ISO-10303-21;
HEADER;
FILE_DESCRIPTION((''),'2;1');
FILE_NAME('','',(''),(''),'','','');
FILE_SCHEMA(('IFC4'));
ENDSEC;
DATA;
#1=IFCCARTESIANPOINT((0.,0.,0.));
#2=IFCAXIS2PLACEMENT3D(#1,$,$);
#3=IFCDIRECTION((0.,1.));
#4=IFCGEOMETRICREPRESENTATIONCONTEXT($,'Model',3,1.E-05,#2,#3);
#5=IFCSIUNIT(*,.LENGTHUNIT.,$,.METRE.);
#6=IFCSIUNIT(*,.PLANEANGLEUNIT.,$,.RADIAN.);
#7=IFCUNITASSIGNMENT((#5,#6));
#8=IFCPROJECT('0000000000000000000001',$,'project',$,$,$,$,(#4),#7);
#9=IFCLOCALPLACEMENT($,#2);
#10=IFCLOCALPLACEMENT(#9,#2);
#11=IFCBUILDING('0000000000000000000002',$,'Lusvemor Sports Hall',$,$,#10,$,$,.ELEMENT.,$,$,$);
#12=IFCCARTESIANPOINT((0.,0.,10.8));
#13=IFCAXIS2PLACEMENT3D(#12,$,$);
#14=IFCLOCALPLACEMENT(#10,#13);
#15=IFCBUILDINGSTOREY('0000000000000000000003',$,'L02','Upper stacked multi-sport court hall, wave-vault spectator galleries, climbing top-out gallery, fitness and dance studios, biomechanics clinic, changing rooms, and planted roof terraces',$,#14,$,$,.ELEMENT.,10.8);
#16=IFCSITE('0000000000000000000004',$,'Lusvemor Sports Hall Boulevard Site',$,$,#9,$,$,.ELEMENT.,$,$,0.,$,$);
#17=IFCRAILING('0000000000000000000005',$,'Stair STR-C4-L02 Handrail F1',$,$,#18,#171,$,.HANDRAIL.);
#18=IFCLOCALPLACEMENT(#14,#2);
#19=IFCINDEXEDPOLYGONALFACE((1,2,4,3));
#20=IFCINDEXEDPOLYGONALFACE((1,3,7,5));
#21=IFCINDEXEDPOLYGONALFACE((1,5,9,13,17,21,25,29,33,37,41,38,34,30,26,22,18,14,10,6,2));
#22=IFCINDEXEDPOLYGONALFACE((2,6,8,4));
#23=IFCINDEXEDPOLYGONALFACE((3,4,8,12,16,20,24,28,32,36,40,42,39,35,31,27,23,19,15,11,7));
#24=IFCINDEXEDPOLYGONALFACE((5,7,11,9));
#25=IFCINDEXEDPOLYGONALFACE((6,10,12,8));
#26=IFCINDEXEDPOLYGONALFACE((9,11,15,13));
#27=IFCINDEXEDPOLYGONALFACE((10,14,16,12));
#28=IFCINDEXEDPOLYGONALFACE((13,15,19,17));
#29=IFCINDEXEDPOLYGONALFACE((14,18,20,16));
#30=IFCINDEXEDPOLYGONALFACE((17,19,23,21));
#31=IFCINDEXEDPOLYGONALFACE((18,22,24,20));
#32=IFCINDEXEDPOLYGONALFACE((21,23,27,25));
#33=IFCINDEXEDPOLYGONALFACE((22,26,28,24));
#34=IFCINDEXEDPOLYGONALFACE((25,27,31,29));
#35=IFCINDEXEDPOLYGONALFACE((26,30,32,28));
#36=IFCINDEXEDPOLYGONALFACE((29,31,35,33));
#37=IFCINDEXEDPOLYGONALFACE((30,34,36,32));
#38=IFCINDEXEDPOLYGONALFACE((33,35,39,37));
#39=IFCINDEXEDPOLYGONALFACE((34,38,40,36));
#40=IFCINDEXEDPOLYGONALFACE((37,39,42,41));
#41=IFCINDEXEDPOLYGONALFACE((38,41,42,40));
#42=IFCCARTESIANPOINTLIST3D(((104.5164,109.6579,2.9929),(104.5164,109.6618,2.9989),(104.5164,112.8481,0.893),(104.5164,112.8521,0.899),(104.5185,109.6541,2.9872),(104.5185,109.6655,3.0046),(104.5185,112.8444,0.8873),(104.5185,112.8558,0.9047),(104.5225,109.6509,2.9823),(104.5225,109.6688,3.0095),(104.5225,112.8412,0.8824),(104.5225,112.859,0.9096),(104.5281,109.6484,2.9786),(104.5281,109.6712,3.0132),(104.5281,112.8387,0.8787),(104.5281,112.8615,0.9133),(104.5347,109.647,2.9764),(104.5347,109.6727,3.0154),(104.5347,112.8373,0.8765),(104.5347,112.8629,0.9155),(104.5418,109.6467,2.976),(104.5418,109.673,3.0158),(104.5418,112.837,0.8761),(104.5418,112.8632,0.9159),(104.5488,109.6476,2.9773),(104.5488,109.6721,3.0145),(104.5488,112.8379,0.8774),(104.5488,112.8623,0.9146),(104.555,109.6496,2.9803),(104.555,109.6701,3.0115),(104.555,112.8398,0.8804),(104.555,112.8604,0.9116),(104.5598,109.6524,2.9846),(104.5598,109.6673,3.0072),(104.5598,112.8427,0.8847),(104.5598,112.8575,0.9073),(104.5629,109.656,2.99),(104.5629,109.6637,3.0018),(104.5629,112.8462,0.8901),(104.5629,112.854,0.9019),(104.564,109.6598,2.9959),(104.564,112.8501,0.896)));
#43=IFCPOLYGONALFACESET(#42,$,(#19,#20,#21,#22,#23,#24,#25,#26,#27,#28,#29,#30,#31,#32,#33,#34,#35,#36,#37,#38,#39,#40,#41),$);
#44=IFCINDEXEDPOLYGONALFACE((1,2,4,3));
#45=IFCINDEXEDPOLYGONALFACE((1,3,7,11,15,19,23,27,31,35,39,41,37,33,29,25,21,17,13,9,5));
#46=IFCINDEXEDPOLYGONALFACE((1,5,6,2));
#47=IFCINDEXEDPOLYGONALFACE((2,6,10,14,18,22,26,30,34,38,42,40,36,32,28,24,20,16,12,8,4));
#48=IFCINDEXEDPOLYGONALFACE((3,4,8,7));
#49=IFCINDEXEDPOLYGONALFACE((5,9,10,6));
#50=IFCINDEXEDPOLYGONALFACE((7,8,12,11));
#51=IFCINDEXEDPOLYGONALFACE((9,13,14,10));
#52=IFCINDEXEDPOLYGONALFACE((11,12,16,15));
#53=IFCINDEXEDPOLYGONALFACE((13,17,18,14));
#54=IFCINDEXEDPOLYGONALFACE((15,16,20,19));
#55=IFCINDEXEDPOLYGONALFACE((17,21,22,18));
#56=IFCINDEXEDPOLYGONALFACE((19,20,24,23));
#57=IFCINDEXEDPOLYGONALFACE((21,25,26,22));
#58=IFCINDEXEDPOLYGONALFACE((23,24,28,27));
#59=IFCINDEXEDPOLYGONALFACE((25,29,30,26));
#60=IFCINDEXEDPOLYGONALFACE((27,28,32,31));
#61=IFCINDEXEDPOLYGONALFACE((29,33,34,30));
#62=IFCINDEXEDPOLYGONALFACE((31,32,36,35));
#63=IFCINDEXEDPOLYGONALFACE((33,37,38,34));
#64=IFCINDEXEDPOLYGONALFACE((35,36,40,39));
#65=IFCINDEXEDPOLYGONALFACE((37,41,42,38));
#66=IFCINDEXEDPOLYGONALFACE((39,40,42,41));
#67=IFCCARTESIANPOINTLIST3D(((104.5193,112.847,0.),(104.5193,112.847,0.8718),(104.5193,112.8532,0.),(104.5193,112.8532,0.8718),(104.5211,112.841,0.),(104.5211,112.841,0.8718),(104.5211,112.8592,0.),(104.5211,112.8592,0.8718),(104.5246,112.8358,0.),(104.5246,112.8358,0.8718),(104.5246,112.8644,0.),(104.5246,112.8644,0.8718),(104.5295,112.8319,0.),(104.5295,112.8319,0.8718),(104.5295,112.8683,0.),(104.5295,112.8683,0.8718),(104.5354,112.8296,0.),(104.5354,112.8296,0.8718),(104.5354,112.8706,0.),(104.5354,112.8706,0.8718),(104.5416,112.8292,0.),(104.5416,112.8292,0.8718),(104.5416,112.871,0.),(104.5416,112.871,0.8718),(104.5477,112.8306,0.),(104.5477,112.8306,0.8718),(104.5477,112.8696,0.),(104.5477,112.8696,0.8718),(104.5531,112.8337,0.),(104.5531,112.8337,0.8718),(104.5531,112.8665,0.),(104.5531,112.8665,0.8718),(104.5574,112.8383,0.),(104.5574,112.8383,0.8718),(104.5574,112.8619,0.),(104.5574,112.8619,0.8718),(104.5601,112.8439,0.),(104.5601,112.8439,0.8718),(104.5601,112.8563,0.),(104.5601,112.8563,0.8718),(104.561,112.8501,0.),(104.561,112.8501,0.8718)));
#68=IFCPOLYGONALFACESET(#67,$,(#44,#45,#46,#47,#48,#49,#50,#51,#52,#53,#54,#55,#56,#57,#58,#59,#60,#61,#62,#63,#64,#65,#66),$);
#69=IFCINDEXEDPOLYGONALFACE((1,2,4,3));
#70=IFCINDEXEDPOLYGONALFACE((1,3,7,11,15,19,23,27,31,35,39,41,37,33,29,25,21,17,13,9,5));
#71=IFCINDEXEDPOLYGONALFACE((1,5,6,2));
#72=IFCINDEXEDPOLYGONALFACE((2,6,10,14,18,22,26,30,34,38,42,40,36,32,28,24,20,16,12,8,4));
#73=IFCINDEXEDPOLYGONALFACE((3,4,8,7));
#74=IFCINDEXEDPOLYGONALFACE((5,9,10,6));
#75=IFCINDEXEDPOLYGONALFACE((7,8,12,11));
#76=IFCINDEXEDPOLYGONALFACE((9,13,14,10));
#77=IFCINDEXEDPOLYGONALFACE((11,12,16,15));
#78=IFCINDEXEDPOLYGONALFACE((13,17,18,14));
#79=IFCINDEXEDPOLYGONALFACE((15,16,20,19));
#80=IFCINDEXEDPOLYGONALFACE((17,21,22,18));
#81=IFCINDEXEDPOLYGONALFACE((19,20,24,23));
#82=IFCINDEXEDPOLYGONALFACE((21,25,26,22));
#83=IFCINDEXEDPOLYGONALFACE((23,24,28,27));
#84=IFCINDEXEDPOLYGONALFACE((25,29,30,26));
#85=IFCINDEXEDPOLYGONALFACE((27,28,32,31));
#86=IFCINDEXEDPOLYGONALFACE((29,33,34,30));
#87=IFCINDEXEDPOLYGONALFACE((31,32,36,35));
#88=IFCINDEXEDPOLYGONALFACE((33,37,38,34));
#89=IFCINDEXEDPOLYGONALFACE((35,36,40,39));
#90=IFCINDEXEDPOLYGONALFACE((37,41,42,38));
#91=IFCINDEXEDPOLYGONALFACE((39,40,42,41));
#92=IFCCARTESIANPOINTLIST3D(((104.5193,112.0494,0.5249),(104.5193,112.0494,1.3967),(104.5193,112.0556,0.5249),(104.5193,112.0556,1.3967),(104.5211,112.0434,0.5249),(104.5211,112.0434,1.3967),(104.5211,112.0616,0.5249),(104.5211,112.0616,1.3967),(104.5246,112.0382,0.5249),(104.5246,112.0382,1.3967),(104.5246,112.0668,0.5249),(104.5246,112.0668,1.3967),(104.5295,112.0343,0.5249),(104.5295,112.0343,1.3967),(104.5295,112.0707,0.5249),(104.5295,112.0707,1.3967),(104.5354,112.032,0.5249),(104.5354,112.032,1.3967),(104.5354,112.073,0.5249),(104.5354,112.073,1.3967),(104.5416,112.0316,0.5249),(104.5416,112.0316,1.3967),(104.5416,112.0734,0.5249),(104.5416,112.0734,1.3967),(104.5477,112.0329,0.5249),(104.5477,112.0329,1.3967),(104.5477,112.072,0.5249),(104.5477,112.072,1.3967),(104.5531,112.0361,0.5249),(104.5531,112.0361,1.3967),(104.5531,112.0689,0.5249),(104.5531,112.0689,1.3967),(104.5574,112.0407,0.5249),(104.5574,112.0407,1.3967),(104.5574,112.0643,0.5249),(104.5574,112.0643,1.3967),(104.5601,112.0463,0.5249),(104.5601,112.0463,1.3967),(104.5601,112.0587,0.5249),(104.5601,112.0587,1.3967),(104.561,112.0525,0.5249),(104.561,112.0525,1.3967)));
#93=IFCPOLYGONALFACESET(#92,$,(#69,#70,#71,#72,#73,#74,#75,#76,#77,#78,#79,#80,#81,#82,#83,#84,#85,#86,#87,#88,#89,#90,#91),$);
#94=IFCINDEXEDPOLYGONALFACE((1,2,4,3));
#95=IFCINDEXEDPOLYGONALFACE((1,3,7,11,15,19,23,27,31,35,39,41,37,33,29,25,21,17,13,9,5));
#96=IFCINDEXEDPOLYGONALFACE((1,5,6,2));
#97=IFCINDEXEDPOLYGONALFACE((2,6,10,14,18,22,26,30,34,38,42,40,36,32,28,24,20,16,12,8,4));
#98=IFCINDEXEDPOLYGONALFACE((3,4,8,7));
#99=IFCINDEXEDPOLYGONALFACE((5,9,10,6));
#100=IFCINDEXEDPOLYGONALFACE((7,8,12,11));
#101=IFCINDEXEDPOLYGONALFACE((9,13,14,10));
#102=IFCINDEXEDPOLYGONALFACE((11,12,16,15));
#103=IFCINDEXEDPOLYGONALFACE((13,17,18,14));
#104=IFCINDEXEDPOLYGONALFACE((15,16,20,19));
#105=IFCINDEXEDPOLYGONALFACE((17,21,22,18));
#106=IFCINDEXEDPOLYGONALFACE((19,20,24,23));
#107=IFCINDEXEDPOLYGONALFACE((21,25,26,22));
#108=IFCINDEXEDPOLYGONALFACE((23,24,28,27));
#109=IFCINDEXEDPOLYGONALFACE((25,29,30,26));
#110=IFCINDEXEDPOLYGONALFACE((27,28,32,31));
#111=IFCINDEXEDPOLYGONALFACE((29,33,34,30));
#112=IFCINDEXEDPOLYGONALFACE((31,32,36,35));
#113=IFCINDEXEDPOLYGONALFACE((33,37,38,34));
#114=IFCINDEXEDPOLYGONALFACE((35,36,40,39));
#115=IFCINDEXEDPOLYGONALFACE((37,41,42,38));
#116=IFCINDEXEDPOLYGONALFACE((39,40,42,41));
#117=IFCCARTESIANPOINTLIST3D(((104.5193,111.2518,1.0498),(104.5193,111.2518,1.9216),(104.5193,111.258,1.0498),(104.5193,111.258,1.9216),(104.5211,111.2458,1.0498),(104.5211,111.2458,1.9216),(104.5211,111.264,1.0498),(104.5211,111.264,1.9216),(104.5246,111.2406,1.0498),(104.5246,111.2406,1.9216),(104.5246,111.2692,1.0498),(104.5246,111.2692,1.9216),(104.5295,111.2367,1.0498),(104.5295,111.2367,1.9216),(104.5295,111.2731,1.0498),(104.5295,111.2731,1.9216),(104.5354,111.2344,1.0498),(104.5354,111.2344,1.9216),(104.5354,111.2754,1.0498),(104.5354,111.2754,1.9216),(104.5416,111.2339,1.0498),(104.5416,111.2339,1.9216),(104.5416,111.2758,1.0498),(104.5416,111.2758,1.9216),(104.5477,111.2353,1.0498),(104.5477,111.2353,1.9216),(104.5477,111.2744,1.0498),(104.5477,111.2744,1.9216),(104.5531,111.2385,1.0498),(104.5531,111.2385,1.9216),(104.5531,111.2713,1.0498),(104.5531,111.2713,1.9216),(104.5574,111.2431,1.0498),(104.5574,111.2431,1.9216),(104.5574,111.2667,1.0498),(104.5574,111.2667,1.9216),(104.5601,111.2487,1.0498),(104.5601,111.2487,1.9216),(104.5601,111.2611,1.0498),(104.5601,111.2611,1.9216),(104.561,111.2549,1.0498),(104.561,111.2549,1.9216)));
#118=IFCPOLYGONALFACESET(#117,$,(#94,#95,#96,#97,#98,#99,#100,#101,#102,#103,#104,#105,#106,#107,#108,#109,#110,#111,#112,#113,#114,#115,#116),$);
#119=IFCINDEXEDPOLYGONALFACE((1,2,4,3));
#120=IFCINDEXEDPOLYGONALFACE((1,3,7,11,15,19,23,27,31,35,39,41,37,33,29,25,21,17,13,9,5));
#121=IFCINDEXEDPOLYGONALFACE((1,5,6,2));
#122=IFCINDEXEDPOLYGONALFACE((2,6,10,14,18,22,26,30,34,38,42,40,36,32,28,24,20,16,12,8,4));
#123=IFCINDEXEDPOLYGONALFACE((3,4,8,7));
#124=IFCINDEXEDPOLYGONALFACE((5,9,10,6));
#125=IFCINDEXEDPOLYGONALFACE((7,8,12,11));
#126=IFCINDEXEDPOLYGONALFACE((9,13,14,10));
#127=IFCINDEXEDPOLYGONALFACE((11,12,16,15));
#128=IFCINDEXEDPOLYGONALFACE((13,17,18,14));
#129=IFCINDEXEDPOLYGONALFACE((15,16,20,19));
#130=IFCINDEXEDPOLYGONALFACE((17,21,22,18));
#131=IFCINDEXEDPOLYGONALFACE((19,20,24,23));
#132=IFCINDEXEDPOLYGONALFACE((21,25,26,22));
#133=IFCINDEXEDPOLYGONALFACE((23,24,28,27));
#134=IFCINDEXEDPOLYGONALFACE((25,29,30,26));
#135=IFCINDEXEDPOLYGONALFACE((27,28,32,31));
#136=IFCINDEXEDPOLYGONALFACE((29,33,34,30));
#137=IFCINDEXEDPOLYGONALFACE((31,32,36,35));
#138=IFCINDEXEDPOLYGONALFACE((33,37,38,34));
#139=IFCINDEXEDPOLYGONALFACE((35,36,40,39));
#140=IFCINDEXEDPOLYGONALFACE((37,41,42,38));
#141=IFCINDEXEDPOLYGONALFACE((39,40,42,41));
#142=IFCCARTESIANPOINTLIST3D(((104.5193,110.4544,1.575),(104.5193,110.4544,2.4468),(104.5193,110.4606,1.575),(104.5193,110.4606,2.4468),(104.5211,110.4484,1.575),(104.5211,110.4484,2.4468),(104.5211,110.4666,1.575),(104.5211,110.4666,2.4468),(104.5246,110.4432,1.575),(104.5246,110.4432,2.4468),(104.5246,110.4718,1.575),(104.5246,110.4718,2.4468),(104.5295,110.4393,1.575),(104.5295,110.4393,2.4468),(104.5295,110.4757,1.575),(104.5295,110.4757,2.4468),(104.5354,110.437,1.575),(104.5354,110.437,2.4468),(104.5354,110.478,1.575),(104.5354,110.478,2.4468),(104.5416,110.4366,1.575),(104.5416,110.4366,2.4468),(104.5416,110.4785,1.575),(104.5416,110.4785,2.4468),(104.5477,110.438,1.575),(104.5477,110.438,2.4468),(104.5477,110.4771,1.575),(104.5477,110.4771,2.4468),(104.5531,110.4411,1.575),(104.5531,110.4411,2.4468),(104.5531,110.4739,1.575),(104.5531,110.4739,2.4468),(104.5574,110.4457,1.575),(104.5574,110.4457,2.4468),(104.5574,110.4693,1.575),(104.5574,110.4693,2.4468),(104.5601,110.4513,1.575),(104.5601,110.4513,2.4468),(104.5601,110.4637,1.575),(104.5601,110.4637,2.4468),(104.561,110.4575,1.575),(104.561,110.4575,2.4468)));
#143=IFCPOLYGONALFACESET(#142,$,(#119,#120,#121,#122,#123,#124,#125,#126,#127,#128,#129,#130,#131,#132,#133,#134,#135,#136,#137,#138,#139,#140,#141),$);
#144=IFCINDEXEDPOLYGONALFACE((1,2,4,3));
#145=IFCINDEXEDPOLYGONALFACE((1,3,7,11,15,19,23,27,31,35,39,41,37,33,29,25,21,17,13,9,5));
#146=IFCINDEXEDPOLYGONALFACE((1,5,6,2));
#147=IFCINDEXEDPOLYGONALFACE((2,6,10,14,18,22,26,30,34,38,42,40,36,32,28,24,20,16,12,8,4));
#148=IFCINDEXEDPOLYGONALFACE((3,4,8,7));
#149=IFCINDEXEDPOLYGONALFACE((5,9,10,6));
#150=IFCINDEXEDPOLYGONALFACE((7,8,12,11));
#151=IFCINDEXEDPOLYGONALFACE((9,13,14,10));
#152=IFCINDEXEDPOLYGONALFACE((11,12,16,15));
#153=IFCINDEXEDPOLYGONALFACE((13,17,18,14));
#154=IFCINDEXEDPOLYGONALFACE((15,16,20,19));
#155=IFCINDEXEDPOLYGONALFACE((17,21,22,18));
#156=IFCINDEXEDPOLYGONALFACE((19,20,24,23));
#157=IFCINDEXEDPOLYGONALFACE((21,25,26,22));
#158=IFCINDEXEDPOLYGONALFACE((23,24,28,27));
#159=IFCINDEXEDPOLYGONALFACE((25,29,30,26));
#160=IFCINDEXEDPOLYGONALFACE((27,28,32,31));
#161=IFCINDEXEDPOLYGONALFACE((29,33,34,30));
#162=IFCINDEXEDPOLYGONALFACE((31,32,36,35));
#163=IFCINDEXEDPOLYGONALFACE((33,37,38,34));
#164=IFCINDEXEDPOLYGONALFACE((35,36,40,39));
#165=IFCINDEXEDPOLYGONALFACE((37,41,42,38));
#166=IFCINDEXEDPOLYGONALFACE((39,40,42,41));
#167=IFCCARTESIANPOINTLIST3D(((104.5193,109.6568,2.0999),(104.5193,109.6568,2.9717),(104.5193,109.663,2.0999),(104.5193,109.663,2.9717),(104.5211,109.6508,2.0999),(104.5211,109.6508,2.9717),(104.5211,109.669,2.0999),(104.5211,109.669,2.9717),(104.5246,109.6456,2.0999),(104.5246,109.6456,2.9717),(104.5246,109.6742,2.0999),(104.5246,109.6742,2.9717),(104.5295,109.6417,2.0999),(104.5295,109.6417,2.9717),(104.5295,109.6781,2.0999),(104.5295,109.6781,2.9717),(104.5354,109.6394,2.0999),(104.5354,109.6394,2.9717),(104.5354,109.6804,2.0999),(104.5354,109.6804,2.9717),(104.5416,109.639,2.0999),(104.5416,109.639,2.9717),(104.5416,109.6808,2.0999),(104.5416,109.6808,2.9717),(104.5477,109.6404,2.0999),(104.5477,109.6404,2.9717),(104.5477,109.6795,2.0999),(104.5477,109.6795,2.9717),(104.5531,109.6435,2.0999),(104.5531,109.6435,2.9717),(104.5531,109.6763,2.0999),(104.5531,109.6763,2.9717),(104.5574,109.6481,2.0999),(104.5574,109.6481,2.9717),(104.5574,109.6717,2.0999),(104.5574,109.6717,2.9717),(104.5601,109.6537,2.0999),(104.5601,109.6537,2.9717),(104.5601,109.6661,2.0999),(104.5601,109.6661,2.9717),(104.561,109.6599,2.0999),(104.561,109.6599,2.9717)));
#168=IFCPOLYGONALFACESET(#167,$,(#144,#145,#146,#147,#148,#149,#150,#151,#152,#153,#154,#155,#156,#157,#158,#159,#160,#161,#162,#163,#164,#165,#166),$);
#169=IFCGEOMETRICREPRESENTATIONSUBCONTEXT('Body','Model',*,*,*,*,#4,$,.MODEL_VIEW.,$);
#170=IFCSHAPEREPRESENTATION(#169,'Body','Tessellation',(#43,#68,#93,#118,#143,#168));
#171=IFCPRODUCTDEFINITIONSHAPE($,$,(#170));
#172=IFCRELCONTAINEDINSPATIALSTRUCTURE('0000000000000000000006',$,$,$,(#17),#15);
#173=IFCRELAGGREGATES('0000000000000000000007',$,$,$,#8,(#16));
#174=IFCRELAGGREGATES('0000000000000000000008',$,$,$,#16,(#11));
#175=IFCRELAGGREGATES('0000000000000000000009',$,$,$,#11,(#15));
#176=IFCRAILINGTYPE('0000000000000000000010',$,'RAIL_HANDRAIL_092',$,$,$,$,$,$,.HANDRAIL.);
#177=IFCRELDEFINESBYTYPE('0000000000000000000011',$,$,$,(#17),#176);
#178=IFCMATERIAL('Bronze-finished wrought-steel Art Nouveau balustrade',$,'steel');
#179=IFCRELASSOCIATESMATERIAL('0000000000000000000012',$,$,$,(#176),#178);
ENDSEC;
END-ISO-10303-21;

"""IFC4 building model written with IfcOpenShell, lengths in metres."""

from ifc_helpers import new_model, si_unit, direction, frame, origin, origin_2d, place, context, subcontext, project, spatial, circle, extrude, material, type_object, element, save


model = new_model("IFC4")

# Units and contexts
model_context = context("Model", 3, precision=1e-05, world=origin(), true_north=direction((0.0, 1.0)))
body_context = subcontext(model_context, "Body", "Model", "MODEL_VIEW")
ifc_project = project(units=[si_unit("LENGTHUNIT", "METRE"), si_unit("PLANEANGLEUNIT", "RADIAN")], contexts=[model_context])

# Site, building, storey
site_placement = place(None, origin())
site = spatial("IfcSite", under=ifc_project, at=site_placement, Name="Lusvemor Sports Hall Boulevard Site", CompositionType="ELEMENT", RefElevation=0.0)
building_placement = place(site_placement, origin())
building = spatial("IfcBuilding", under=site, at=building_placement, Name="Lusvemor Sports Hall", CompositionType="ELEMENT")
storey_placement = place(building_placement, frame((0.0, 0.0, 10.8)))
storey = spatial("IfcBuildingStorey", under=building, at=storey_placement, Name="L02", Description="Upper stacked multi-sport court hall, wave-vault spectator galleries, climbing top-out gallery, fitness and dance studios, biomechanics clinic, changing rooms, and planted roof terraces", CompositionType="ELEMENT", Elevation=10.8)

# Railing
ifc_material_1 = material(Name="Bronze-finished wrought-steel Art Nouveau balustrade", Category="steel")
railing_type_1 = type_object("IfcRailingType", Name="RAIL_HANDRAIL_092", PredefinedType="HANDRAIL", material=ifc_material_1)
railing_1_placement = place(storey_placement, frame((104.54, 112.8501, 0.0)))
element("IfcRailing", 1, at=railing_1_placement, inside=storey, type_object=railing_type_1, Name="Stair STR-C4-L02 Handrail F1", PredefinedType="HANDRAIL", context=body_context, shape_type="SweptSolid", body=[
    extrude(circle(Radius=0.0239, at=origin_2d()), frame((0.0, 0.0, 0.896), z_axis=(0.0, -0.835291, 0.549808), x_axis=(1.0, 0.0, 0.0)), (0.0, 0.0, 1.0), 3.8193),
    extrude(circle(Radius=0.021, at=origin_2d()), origin(), (0.0, 0.0, 1.0), 0.8718),
    extrude(circle(Radius=0.021, at=origin_2d()), frame((0.0, -0.7976, 0.5249)), (0.0, 0.0, 1.0), 0.8718),
    extrude(circle(Radius=0.021, at=origin_2d()), frame((0.0, -1.5952, 1.0498)), (0.0, 0.0, 1.0), 0.8718),
    extrude(circle(Radius=0.021, at=origin_2d()), frame((0.0, -2.3926, 1.575)), (0.0, 0.0, 1.0), 0.8718),
    extrude(circle(Radius=0.021, at=origin_2d()), frame((0.0, -3.1902, 2.0999)), (0.0, 0.0, 1.0), 0.8718),
])

save(model, "model.ifc")
